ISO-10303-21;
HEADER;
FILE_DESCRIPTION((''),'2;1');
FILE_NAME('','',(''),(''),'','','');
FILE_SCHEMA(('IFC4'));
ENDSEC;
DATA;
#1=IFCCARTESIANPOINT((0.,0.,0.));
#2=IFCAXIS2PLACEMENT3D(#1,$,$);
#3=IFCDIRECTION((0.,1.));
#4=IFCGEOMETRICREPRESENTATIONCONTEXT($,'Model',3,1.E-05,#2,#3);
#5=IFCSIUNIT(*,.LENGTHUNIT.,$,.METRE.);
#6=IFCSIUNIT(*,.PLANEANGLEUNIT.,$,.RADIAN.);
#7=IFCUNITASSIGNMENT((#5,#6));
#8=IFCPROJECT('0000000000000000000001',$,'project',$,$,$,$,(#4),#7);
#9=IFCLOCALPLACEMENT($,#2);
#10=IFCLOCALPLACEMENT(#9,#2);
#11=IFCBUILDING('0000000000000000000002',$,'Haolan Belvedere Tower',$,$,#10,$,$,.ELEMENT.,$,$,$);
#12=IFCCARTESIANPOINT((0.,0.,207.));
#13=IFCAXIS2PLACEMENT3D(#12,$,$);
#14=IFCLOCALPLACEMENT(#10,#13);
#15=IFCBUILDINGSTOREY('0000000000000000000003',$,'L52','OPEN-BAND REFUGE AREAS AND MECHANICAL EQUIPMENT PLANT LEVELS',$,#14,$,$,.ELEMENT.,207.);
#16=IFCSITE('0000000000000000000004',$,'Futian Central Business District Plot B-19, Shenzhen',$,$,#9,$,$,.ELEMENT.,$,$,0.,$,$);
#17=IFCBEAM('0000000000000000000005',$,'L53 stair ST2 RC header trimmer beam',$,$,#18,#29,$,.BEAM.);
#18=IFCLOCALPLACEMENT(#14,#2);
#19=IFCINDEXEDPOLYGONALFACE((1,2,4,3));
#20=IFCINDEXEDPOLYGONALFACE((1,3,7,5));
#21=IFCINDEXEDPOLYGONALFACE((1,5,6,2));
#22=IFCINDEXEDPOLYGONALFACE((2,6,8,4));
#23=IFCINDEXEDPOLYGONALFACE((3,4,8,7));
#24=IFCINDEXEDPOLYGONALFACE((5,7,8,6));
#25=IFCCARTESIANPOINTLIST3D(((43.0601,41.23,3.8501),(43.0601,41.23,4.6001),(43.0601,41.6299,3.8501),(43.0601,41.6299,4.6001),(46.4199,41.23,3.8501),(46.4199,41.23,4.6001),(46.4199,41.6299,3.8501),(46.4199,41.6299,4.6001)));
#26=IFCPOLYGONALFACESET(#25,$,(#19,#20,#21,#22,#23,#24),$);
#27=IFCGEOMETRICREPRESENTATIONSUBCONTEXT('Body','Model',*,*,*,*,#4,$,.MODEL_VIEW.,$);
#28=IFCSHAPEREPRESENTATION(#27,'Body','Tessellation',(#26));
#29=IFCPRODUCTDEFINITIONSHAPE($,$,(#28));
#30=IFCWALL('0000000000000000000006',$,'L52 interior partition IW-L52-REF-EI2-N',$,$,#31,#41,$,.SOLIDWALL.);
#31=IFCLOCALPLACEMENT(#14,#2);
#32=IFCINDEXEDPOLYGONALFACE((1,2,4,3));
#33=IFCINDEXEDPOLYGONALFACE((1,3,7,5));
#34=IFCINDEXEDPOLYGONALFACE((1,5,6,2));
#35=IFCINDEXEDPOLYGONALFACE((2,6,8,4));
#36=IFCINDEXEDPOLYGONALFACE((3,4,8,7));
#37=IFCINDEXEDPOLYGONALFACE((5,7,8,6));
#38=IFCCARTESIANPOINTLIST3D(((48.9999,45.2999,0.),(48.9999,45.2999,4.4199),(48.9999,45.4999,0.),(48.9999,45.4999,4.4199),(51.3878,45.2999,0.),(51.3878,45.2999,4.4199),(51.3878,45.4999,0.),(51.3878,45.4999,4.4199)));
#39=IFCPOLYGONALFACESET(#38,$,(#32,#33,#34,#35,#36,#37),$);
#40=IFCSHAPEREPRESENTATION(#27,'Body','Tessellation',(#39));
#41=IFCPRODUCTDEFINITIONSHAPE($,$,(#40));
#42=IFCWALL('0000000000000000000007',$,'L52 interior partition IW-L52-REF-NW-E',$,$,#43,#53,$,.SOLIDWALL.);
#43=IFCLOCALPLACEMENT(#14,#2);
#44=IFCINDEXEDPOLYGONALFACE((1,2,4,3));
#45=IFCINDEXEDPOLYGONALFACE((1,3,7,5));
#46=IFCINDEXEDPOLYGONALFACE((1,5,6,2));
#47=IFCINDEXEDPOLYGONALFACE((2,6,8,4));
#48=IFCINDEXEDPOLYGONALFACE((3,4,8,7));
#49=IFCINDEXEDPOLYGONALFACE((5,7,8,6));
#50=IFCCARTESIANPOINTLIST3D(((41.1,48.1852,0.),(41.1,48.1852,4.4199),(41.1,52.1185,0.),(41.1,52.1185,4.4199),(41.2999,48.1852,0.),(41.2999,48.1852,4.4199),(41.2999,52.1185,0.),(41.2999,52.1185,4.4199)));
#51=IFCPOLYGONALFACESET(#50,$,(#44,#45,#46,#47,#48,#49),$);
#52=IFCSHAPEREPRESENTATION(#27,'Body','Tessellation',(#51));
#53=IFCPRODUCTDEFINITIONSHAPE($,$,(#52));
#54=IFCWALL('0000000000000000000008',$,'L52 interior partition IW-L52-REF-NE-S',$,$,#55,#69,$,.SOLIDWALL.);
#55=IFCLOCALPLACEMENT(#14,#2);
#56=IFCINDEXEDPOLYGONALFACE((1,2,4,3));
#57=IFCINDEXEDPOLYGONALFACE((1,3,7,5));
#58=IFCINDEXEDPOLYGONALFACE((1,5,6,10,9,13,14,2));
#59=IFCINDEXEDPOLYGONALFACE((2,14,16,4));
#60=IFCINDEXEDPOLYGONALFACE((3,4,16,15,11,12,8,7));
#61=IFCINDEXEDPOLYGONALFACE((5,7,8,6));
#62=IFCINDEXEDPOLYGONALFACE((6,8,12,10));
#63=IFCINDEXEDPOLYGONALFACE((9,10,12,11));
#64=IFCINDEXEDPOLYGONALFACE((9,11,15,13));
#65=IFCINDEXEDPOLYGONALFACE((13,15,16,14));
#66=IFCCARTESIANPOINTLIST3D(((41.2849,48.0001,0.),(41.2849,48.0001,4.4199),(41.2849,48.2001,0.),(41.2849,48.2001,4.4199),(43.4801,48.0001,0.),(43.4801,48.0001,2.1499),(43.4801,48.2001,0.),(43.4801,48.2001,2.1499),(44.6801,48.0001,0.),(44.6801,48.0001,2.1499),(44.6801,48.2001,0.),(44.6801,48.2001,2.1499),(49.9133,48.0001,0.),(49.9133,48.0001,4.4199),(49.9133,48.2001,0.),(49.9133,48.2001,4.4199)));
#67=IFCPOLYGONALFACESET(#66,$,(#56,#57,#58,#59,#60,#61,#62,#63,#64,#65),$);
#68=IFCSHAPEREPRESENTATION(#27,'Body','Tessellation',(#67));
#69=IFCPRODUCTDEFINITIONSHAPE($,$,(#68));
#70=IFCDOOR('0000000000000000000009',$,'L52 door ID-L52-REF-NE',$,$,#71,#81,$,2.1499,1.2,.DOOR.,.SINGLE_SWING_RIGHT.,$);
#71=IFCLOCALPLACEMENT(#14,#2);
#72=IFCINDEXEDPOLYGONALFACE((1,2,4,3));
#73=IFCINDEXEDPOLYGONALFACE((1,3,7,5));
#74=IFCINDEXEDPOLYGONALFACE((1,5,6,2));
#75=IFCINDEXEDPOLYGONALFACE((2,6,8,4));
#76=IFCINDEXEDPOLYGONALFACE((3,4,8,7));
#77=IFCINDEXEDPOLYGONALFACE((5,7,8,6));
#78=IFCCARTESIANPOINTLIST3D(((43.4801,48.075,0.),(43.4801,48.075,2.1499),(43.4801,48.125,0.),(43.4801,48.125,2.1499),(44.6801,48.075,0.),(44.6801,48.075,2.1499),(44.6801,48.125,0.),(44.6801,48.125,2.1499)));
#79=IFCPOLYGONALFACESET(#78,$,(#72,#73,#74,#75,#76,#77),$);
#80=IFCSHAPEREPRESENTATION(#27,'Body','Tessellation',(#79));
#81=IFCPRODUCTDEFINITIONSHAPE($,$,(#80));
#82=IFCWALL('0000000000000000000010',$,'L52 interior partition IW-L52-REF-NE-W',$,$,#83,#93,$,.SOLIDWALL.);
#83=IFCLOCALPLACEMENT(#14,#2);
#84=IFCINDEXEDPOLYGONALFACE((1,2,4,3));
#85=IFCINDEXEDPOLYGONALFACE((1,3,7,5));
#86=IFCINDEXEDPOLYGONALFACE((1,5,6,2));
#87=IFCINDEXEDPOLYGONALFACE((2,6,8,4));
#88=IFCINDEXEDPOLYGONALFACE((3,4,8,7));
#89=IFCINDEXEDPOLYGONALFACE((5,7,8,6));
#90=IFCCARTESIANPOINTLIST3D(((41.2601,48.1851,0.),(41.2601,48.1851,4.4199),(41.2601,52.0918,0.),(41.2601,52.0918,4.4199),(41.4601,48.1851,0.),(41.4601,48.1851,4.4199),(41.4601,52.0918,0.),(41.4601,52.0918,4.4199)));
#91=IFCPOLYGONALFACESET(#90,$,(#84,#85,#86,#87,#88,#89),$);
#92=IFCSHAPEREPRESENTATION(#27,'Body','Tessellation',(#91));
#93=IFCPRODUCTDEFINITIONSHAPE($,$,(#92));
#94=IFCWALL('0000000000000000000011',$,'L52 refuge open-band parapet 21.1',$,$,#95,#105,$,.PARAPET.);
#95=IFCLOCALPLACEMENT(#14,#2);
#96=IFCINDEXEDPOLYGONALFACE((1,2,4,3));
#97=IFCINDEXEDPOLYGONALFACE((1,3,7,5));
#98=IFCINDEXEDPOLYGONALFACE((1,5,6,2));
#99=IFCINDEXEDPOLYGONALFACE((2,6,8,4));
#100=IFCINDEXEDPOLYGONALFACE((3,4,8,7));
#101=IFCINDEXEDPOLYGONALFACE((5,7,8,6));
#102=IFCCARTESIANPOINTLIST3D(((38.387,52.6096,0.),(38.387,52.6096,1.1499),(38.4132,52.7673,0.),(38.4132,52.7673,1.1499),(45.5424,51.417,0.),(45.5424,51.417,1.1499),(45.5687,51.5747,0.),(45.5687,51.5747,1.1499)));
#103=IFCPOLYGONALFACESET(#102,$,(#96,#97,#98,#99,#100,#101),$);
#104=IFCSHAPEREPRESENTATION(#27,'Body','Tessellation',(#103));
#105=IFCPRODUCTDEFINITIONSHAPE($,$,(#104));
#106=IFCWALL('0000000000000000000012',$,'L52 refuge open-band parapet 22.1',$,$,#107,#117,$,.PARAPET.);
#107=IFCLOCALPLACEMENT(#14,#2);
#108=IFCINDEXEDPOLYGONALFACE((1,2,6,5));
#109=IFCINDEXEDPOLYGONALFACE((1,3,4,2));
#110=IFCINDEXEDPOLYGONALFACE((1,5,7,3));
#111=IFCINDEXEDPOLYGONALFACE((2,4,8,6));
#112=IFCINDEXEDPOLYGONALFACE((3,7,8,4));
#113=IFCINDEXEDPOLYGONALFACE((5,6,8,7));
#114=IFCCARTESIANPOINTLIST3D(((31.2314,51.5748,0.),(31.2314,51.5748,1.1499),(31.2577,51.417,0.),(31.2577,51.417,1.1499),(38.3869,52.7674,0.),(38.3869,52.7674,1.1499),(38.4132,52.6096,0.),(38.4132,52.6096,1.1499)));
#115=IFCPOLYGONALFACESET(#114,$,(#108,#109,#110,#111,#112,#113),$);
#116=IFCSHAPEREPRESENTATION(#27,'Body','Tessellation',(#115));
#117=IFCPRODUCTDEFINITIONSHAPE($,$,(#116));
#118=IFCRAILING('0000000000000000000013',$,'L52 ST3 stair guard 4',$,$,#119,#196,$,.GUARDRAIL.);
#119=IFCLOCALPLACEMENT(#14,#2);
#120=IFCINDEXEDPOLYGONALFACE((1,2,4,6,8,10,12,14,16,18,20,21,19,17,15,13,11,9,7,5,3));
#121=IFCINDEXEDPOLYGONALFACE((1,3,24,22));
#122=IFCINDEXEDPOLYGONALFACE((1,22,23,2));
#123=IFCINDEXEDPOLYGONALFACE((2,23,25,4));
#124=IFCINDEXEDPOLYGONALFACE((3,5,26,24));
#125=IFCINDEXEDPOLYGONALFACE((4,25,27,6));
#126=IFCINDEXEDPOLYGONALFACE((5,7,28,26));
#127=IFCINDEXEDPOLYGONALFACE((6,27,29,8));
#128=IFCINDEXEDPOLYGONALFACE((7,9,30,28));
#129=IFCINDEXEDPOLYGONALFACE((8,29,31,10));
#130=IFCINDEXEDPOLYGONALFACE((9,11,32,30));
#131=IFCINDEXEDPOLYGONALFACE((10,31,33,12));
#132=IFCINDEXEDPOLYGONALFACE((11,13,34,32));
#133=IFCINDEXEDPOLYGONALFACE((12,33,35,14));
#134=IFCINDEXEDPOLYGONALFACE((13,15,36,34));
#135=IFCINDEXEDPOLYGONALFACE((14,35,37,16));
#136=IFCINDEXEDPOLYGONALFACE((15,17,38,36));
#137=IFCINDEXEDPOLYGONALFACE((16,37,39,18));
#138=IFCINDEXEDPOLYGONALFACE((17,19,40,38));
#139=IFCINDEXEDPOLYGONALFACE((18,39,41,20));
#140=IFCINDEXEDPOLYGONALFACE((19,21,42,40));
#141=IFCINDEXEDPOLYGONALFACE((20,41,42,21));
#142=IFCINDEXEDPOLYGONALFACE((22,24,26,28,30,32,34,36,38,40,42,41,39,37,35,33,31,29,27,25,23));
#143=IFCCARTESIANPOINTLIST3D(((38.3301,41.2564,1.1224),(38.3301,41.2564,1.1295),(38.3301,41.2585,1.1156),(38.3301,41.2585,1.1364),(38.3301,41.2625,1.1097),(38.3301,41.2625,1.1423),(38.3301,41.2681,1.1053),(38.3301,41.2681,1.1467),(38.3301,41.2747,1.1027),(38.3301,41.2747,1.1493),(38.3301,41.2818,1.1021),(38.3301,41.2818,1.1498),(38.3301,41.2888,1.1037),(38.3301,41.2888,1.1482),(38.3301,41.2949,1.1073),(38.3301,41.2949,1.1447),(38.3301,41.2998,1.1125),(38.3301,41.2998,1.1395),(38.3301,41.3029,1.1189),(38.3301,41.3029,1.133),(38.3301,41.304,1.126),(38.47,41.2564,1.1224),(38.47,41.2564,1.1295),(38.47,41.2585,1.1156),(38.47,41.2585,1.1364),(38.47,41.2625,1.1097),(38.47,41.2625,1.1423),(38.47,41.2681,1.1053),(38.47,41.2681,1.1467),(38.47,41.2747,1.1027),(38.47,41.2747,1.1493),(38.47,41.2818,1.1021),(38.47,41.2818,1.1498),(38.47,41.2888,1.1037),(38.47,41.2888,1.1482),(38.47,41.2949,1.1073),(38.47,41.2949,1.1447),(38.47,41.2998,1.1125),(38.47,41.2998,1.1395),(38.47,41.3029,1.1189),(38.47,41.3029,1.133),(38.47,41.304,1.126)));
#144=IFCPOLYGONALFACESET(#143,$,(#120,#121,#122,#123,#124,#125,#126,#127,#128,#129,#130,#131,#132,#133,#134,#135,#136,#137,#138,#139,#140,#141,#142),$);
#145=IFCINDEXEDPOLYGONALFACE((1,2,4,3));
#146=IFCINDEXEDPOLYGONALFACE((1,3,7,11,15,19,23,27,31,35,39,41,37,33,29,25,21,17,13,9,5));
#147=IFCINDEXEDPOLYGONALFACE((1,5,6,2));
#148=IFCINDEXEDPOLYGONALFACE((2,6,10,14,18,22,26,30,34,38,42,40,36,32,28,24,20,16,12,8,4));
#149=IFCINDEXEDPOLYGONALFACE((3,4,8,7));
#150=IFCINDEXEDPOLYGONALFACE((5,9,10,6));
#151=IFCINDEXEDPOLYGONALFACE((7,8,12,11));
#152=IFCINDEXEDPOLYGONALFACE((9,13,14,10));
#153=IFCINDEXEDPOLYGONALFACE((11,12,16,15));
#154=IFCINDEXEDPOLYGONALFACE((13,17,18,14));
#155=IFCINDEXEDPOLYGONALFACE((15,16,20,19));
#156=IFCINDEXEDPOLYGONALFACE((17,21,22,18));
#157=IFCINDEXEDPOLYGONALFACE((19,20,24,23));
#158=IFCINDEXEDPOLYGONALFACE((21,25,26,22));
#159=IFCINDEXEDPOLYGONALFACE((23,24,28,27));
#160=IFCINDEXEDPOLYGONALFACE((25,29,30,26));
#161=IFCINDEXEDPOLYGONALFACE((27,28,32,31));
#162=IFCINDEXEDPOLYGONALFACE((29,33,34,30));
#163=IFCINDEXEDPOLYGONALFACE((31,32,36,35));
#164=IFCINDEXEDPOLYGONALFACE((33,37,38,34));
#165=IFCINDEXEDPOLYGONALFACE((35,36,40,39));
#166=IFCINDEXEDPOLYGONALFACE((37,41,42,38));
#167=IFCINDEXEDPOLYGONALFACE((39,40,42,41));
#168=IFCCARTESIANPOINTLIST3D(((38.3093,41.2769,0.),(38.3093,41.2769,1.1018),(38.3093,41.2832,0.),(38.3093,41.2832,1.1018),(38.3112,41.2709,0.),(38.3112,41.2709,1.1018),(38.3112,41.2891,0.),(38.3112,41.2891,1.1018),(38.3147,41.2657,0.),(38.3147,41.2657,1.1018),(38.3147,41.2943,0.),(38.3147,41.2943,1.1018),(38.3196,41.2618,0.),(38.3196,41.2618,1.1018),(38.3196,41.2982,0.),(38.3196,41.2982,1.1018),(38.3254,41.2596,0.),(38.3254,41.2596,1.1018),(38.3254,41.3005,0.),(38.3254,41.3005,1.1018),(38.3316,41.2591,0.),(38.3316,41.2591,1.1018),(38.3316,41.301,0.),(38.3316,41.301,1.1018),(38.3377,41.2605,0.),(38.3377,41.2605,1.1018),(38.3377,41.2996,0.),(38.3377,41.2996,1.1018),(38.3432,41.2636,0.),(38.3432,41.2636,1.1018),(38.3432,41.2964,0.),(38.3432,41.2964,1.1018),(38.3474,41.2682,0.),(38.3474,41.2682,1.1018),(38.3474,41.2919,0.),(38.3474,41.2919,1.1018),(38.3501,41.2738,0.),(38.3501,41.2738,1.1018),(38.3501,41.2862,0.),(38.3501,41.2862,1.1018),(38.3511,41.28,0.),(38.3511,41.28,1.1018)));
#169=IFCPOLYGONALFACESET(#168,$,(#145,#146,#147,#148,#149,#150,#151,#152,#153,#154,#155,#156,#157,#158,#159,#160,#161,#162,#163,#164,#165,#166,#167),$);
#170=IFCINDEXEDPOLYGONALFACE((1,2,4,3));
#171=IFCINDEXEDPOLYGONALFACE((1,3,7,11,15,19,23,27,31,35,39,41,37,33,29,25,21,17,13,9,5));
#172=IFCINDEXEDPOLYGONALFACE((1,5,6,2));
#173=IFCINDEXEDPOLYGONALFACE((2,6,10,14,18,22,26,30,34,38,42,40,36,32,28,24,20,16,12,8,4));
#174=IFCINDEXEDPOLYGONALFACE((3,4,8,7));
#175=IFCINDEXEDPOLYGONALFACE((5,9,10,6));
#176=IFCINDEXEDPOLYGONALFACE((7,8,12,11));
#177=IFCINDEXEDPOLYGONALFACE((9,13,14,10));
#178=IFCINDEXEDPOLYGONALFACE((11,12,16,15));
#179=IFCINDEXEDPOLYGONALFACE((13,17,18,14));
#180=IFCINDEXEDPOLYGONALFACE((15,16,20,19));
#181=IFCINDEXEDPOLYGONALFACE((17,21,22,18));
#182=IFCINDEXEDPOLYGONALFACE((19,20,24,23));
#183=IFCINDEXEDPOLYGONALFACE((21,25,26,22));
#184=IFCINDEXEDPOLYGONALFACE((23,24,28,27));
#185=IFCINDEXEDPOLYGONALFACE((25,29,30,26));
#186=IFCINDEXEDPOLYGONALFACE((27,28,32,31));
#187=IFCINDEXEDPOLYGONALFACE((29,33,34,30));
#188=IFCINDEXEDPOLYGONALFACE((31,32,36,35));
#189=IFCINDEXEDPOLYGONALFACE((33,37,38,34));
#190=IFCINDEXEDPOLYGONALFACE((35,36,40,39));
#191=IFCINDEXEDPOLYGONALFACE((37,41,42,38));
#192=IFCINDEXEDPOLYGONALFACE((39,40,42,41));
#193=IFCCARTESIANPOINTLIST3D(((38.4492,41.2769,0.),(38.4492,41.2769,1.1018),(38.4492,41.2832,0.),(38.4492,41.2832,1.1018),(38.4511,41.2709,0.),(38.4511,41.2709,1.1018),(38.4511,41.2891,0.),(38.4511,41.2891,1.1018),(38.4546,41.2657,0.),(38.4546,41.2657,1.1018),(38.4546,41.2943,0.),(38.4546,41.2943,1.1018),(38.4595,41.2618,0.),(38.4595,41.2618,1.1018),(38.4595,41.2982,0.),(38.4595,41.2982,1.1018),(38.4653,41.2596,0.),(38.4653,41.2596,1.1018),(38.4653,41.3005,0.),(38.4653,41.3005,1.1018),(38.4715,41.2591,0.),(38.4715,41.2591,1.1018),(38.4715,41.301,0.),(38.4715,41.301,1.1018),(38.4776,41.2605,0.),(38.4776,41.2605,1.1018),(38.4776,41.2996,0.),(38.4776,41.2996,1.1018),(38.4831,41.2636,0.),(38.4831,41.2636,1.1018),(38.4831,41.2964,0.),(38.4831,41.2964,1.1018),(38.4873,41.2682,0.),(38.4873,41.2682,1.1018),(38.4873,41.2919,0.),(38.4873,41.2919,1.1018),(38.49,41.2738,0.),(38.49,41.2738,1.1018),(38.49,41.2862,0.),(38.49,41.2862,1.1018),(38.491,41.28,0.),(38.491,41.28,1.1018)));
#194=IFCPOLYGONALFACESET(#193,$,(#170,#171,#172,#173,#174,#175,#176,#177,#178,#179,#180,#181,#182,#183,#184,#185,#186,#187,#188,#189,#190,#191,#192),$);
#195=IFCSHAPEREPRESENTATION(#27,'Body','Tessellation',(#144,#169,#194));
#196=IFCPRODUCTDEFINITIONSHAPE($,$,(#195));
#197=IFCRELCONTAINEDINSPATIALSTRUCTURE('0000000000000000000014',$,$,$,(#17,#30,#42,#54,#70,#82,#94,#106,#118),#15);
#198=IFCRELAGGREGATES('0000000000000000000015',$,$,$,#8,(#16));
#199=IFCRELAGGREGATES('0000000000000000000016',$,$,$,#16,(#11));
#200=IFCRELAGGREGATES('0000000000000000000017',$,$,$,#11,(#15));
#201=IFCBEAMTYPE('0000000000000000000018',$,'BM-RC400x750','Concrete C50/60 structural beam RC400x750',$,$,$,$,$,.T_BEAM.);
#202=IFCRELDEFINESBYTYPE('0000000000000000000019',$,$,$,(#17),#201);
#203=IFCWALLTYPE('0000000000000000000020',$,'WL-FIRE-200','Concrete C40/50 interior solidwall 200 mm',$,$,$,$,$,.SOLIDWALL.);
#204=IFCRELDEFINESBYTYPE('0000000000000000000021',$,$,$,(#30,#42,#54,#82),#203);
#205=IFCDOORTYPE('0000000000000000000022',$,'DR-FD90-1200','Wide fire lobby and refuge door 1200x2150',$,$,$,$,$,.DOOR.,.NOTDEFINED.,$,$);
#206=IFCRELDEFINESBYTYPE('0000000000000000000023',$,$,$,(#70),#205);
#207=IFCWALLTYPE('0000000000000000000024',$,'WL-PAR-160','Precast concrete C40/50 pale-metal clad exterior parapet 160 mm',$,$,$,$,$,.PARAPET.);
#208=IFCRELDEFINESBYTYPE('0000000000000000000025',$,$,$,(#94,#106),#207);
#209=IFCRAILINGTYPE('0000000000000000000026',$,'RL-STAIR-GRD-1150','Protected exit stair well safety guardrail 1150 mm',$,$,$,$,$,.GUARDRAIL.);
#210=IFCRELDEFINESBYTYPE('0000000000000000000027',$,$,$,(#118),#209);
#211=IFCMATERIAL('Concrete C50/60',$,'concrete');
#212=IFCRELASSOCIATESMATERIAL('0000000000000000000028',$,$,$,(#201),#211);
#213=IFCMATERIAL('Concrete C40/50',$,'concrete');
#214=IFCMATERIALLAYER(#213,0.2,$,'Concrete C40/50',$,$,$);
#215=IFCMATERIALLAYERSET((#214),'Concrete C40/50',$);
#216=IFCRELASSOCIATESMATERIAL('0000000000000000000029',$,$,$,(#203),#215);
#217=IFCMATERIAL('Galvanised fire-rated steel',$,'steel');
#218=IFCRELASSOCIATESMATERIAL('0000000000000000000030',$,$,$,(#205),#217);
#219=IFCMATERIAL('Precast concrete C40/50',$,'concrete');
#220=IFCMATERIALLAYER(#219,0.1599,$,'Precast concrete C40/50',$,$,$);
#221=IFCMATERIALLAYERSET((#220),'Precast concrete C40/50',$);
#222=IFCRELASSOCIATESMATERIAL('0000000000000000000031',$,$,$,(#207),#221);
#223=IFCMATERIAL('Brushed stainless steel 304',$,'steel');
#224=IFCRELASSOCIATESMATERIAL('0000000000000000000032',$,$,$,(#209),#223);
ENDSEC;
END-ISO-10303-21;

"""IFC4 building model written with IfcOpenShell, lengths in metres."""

from ifc_helpers import new_model, si_unit, direction, frame, frame_2d, origin, origin_2d, place, context, subcontext, project, spatial, rectangle, circle, extrude, material, layer, layer_set, material_profile, profile_set, type_object, element, fill, save


model = new_model("IFC4")

# Units and contexts
model_context = context("Model", 3, precision=1e-05, world=origin(), true_north=direction((0.0, 1.0)))
body_context = subcontext(model_context, "Body", "Model", "MODEL_VIEW")
ifc_project = project(units=[si_unit("LENGTHUNIT", "METRE"), si_unit("PLANEANGLEUNIT", "RADIAN")], contexts=[model_context])

# Site, building, storey
site_placement = place(None, origin())
site = spatial("IfcSite", under=ifc_project, at=site_placement, Name="Futian Central Business District Plot B-19, Shenzhen", CompositionType="ELEMENT", RefElevation=0.0)
building_placement = place(site_placement, origin())
building = spatial("IfcBuilding", under=site, at=building_placement, Name="Haolan Belvedere Tower", CompositionType="ELEMENT")
storey_placement = place(building_placement, frame((0.0, 0.0, 207.0)))
storey = spatial("IfcBuildingStorey", under=building, at=storey_placement, Name="L52", Description="OPEN-BAND REFUGE AREAS AND MECHANICAL EQUIPMENT PLANT LEVELS", CompositionType="ELEMENT", Elevation=207.0)

# Beam
ifc_material_1 = material(Name="Concrete C50/60", Category="concrete")
ifc_material_profile_1 = material_profile(ifc_material_1, rectangle(XDim=0.3999, YDim=0.75, at=origin_2d()), Name="Concrete C50/60")
ifc_profile_set_1 = profile_set([ifc_material_profile_1], Name="Concrete C50/60")
beam_type_1 = type_object("IfcBeamType", Name="BM-RC400x750", Description="Concrete C50/60 structural beam RC400x750", PredefinedType="T_BEAM", material=ifc_profile_set_1)
beam_1_placement = place(storey_placement, frame((43.0601, 41.4299, 4.2251), z_axis=(1.0, 0.0, 0.0), x_axis=(0.0, 1.0, 0.0)))
element("IfcBeam", 1, at=beam_1_placement, inside=storey, type_object=beam_type_1, Name="L53 stair ST2 RC header trimmer beam", PredefinedType="BEAM", context=body_context, shape_type="SweptSolid", body=[
    extrude(rectangle(XDim=0.3999, YDim=0.75, at=origin_2d()), origin(), (0.0, 0.0, 1.0), 3.3599),
])

# Shared definitions
ifc_material_2 = material(Name="Concrete C40/50", Category="concrete")
ifc_layer_1 = layer(ifc_material_2, 0.2, Name="Concrete C40/50")
ifc_layer_set_1 = layer_set([ifc_layer_1], Name="Concrete C40/50")
wall_type_1 = type_object("IfcWallType", Name="WL-FIRE-200", Description="Concrete C40/50 interior solidwall 200 mm", PredefinedType="SOLIDWALL", material=ifc_layer_set_1)
ifc_material_3 = material(Name="Galvanised fire-rated steel", Category="steel")

# Walls
wall_1_placement = place(storey_placement, frame((49.0, 45.3999, 0.0), z_axis=(0.0, 0.0, 1.0), x_axis=(1.0, 0.0, 0.0)))
element("IfcWall", 2, at=wall_1_placement, inside=storey, type_object=wall_type_1, Name="L52 interior partition IW-L52-REF-EI2-N", PredefinedType="SOLIDWALL", context=body_context, shape_type="SweptSolid", body=[
    extrude(rectangle(XDim=2.3879, YDim=0.2, at=frame_2d((1.1938, 0.0))), origin(), (0.0, 0.0, 1.0), 4.4199),
])
wall_2_placement = place(storey_placement, frame((41.2, 48.1851, 0.0), z_axis=(0.0, 0.0, 1.0), x_axis=(0.0, 1.0, 0.0)))
element("IfcWall", 3, at=wall_2_placement, inside=storey, type_object=wall_type_1, Name="L52 interior partition IW-L52-REF-NW-E", PredefinedType="SOLIDWALL", context=body_context, shape_type="SweptSolid", body=[
    extrude(rectangle(XDim=3.9333, YDim=0.2, at=frame_2d((1.9668, 0.0))), origin(), (0.0, 0.0, 1.0), 4.4199),
])

# Wall, opening, door
wall_3_placement = place(storey_placement, frame((41.2849, 48.1001, 0.0), z_axis=(0.0, 0.0, 1.0), x_axis=(1.0, 0.0, 0.0)))
wall_3 = element("IfcWall", 4, at=wall_3_placement, inside=storey, type_object=wall_type_1, Name="L52 interior partition IW-L52-REF-NE-S", PredefinedType="SOLIDWALL", context=body_context, shape_type="SweptSolid", body=[
    extrude(rectangle(XDim=8.6284, YDim=0.2, at=frame_2d((4.3142, 0.0))), origin(), (0.0, 0.0, 1.0), 4.4199),
])
opening_1_placement = place(wall_3_placement, frame((2.1951, 0.0, 0.0)))
opening_1 = element("IfcOpeningElement", 5, at=opening_1_placement, cuts=wall_3, PredefinedType="OPENING", context=body_context, shape_type="SweptSolid", body=[
    extrude(rectangle(XDim=1.2, YDim=2.1499, at=frame_2d((0.6001, 1.075))), frame((0.0, 0.1099, 0.0), z_axis=(0.0, -1.0, 0.0), x_axis=(1.0, 0.0, 0.0)), (0.0, 0.0, 1.0), 0.22),
])
door_type_1 = type_object("IfcDoorType", Name="DR-FD90-1200", Description="Wide fire lobby and refuge door 1200x2150", OperationType="NOTDEFINED", PredefinedType="DOOR", material=ifc_material_3)
door_1_placement = place(opening_1_placement, origin())
door_1 = element("IfcDoor", 6, at=door_1_placement, inside=storey, type_object=door_type_1, Name="L52 door ID-L52-REF-NE", OperationType="SINGLE_SWING_RIGHT", OverallHeight=2.1499, OverallWidth=1.2, PredefinedType="DOOR", context=body_context, shape_type="SweptSolid", body=[
    extrude(rectangle(XDim=1.2, YDim=2.1499, at=frame_2d((0.6001, 1.075))), frame((0.0, 0.0249, 0.0), z_axis=(0.0, -1.0, 0.0), x_axis=(1.0, 0.0, 0.0)), (0.0, 0.0, 1.0), 0.05),
])
fill(opening_1, door_1)

# Walls
wall_4_placement = place(storey_placement, frame((41.3601, 48.1851, 0.0), z_axis=(0.0, 0.0, 1.0), x_axis=(0.0, 1.0, 0.0)))
element("IfcWall", 7, at=wall_4_placement, inside=storey, type_object=wall_type_1, Name="L52 interior partition IW-L52-REF-NE-W", PredefinedType="SOLIDWALL", context=body_context, shape_type="SweptSolid", body=[
    extrude(rectangle(XDim=3.9067, YDim=0.2, at=frame_2d((1.9534, 0.0))), origin(), (0.0, 0.0, 1.0), 4.4199),
])
ifc_material_4 = material(Name="Precast concrete C40/50", Category="concrete")
ifc_layer_2 = layer(ifc_material_4, 0.1599, Name="Precast concrete C40/50")
ifc_layer_set_2 = layer_set([ifc_layer_2], Name="Precast concrete C40/50")
wall_type_2 = type_object("IfcWallType", Name="WL-PAR-160", Description="Precast concrete C40/50 pale-metal clad exterior parapet 160 mm", PredefinedType="PARAPET", material=ifc_layer_set_2)
for number, where, z_axis, x_axis, name in (
    (8, (45.5554, 51.4958, 0.0), (0.0, 0.0, 1.0), (-0.986393, 0.164404, 0.0), "L52 refuge open-band parapet 21.1"),
    (9, (38.3999, 52.6885, 0.0), (0.0, 0.0, 1.0), (-0.986393, -0.164404, 0.0), "L52 refuge open-band parapet 22.1"),
):
    element("IfcWall", number, at=place(storey_placement, frame(where, z_axis=z_axis, x_axis=x_axis)), inside=storey, type_object=wall_type_2, Name=name, PredefinedType="PARAPET", context=body_context, shape_type="SweptSolid", body=[
        extrude(rectangle(XDim=7.2542, YDim=0.1599, at=frame_2d((3.627, 0.0))), origin(), (0.0, 0.0, 1.0), 1.1499),
    ])

# Railing
ifc_material_5 = material(Name="Brushed stainless steel 304", Category="steel")
railing_type = type_object("IfcRailingType", Name="RL-STAIR-GRD-1150", Description="Protected exit stair well safety guardrail 1150 mm", PredefinedType="GUARDRAIL", material=ifc_material_5)
railing_1_placement = place(storey_placement, frame((38.3301, 41.28, 0.0)))
element("IfcRailing", 10, at=railing_1_placement, inside=storey, type_object=railing_type, Name="L52 ST3 stair guard 4", PredefinedType="GUARDRAIL", context=body_context, shape_type="SweptSolid", body=[
    extrude(circle(Radius=0.0239, at=origin_2d()), frame((0.0, 0.0, 1.126), z_axis=(1.0, 0.0, 0.0), x_axis=(0.0, 1.0, 0.0)), (0.0, 0.0, 1.0), 0.1399),
    extrude(circle(Radius=0.021, at=origin_2d()), origin(), (0.0, 0.0, 1.0), 1.1018),
    extrude(circle(Radius=0.021, at=origin_2d()), frame((0.1399, 0.0, 0.0)), (0.0, 0.0, 1.0), 1.1018),
])

save(model, "model.ifc")
